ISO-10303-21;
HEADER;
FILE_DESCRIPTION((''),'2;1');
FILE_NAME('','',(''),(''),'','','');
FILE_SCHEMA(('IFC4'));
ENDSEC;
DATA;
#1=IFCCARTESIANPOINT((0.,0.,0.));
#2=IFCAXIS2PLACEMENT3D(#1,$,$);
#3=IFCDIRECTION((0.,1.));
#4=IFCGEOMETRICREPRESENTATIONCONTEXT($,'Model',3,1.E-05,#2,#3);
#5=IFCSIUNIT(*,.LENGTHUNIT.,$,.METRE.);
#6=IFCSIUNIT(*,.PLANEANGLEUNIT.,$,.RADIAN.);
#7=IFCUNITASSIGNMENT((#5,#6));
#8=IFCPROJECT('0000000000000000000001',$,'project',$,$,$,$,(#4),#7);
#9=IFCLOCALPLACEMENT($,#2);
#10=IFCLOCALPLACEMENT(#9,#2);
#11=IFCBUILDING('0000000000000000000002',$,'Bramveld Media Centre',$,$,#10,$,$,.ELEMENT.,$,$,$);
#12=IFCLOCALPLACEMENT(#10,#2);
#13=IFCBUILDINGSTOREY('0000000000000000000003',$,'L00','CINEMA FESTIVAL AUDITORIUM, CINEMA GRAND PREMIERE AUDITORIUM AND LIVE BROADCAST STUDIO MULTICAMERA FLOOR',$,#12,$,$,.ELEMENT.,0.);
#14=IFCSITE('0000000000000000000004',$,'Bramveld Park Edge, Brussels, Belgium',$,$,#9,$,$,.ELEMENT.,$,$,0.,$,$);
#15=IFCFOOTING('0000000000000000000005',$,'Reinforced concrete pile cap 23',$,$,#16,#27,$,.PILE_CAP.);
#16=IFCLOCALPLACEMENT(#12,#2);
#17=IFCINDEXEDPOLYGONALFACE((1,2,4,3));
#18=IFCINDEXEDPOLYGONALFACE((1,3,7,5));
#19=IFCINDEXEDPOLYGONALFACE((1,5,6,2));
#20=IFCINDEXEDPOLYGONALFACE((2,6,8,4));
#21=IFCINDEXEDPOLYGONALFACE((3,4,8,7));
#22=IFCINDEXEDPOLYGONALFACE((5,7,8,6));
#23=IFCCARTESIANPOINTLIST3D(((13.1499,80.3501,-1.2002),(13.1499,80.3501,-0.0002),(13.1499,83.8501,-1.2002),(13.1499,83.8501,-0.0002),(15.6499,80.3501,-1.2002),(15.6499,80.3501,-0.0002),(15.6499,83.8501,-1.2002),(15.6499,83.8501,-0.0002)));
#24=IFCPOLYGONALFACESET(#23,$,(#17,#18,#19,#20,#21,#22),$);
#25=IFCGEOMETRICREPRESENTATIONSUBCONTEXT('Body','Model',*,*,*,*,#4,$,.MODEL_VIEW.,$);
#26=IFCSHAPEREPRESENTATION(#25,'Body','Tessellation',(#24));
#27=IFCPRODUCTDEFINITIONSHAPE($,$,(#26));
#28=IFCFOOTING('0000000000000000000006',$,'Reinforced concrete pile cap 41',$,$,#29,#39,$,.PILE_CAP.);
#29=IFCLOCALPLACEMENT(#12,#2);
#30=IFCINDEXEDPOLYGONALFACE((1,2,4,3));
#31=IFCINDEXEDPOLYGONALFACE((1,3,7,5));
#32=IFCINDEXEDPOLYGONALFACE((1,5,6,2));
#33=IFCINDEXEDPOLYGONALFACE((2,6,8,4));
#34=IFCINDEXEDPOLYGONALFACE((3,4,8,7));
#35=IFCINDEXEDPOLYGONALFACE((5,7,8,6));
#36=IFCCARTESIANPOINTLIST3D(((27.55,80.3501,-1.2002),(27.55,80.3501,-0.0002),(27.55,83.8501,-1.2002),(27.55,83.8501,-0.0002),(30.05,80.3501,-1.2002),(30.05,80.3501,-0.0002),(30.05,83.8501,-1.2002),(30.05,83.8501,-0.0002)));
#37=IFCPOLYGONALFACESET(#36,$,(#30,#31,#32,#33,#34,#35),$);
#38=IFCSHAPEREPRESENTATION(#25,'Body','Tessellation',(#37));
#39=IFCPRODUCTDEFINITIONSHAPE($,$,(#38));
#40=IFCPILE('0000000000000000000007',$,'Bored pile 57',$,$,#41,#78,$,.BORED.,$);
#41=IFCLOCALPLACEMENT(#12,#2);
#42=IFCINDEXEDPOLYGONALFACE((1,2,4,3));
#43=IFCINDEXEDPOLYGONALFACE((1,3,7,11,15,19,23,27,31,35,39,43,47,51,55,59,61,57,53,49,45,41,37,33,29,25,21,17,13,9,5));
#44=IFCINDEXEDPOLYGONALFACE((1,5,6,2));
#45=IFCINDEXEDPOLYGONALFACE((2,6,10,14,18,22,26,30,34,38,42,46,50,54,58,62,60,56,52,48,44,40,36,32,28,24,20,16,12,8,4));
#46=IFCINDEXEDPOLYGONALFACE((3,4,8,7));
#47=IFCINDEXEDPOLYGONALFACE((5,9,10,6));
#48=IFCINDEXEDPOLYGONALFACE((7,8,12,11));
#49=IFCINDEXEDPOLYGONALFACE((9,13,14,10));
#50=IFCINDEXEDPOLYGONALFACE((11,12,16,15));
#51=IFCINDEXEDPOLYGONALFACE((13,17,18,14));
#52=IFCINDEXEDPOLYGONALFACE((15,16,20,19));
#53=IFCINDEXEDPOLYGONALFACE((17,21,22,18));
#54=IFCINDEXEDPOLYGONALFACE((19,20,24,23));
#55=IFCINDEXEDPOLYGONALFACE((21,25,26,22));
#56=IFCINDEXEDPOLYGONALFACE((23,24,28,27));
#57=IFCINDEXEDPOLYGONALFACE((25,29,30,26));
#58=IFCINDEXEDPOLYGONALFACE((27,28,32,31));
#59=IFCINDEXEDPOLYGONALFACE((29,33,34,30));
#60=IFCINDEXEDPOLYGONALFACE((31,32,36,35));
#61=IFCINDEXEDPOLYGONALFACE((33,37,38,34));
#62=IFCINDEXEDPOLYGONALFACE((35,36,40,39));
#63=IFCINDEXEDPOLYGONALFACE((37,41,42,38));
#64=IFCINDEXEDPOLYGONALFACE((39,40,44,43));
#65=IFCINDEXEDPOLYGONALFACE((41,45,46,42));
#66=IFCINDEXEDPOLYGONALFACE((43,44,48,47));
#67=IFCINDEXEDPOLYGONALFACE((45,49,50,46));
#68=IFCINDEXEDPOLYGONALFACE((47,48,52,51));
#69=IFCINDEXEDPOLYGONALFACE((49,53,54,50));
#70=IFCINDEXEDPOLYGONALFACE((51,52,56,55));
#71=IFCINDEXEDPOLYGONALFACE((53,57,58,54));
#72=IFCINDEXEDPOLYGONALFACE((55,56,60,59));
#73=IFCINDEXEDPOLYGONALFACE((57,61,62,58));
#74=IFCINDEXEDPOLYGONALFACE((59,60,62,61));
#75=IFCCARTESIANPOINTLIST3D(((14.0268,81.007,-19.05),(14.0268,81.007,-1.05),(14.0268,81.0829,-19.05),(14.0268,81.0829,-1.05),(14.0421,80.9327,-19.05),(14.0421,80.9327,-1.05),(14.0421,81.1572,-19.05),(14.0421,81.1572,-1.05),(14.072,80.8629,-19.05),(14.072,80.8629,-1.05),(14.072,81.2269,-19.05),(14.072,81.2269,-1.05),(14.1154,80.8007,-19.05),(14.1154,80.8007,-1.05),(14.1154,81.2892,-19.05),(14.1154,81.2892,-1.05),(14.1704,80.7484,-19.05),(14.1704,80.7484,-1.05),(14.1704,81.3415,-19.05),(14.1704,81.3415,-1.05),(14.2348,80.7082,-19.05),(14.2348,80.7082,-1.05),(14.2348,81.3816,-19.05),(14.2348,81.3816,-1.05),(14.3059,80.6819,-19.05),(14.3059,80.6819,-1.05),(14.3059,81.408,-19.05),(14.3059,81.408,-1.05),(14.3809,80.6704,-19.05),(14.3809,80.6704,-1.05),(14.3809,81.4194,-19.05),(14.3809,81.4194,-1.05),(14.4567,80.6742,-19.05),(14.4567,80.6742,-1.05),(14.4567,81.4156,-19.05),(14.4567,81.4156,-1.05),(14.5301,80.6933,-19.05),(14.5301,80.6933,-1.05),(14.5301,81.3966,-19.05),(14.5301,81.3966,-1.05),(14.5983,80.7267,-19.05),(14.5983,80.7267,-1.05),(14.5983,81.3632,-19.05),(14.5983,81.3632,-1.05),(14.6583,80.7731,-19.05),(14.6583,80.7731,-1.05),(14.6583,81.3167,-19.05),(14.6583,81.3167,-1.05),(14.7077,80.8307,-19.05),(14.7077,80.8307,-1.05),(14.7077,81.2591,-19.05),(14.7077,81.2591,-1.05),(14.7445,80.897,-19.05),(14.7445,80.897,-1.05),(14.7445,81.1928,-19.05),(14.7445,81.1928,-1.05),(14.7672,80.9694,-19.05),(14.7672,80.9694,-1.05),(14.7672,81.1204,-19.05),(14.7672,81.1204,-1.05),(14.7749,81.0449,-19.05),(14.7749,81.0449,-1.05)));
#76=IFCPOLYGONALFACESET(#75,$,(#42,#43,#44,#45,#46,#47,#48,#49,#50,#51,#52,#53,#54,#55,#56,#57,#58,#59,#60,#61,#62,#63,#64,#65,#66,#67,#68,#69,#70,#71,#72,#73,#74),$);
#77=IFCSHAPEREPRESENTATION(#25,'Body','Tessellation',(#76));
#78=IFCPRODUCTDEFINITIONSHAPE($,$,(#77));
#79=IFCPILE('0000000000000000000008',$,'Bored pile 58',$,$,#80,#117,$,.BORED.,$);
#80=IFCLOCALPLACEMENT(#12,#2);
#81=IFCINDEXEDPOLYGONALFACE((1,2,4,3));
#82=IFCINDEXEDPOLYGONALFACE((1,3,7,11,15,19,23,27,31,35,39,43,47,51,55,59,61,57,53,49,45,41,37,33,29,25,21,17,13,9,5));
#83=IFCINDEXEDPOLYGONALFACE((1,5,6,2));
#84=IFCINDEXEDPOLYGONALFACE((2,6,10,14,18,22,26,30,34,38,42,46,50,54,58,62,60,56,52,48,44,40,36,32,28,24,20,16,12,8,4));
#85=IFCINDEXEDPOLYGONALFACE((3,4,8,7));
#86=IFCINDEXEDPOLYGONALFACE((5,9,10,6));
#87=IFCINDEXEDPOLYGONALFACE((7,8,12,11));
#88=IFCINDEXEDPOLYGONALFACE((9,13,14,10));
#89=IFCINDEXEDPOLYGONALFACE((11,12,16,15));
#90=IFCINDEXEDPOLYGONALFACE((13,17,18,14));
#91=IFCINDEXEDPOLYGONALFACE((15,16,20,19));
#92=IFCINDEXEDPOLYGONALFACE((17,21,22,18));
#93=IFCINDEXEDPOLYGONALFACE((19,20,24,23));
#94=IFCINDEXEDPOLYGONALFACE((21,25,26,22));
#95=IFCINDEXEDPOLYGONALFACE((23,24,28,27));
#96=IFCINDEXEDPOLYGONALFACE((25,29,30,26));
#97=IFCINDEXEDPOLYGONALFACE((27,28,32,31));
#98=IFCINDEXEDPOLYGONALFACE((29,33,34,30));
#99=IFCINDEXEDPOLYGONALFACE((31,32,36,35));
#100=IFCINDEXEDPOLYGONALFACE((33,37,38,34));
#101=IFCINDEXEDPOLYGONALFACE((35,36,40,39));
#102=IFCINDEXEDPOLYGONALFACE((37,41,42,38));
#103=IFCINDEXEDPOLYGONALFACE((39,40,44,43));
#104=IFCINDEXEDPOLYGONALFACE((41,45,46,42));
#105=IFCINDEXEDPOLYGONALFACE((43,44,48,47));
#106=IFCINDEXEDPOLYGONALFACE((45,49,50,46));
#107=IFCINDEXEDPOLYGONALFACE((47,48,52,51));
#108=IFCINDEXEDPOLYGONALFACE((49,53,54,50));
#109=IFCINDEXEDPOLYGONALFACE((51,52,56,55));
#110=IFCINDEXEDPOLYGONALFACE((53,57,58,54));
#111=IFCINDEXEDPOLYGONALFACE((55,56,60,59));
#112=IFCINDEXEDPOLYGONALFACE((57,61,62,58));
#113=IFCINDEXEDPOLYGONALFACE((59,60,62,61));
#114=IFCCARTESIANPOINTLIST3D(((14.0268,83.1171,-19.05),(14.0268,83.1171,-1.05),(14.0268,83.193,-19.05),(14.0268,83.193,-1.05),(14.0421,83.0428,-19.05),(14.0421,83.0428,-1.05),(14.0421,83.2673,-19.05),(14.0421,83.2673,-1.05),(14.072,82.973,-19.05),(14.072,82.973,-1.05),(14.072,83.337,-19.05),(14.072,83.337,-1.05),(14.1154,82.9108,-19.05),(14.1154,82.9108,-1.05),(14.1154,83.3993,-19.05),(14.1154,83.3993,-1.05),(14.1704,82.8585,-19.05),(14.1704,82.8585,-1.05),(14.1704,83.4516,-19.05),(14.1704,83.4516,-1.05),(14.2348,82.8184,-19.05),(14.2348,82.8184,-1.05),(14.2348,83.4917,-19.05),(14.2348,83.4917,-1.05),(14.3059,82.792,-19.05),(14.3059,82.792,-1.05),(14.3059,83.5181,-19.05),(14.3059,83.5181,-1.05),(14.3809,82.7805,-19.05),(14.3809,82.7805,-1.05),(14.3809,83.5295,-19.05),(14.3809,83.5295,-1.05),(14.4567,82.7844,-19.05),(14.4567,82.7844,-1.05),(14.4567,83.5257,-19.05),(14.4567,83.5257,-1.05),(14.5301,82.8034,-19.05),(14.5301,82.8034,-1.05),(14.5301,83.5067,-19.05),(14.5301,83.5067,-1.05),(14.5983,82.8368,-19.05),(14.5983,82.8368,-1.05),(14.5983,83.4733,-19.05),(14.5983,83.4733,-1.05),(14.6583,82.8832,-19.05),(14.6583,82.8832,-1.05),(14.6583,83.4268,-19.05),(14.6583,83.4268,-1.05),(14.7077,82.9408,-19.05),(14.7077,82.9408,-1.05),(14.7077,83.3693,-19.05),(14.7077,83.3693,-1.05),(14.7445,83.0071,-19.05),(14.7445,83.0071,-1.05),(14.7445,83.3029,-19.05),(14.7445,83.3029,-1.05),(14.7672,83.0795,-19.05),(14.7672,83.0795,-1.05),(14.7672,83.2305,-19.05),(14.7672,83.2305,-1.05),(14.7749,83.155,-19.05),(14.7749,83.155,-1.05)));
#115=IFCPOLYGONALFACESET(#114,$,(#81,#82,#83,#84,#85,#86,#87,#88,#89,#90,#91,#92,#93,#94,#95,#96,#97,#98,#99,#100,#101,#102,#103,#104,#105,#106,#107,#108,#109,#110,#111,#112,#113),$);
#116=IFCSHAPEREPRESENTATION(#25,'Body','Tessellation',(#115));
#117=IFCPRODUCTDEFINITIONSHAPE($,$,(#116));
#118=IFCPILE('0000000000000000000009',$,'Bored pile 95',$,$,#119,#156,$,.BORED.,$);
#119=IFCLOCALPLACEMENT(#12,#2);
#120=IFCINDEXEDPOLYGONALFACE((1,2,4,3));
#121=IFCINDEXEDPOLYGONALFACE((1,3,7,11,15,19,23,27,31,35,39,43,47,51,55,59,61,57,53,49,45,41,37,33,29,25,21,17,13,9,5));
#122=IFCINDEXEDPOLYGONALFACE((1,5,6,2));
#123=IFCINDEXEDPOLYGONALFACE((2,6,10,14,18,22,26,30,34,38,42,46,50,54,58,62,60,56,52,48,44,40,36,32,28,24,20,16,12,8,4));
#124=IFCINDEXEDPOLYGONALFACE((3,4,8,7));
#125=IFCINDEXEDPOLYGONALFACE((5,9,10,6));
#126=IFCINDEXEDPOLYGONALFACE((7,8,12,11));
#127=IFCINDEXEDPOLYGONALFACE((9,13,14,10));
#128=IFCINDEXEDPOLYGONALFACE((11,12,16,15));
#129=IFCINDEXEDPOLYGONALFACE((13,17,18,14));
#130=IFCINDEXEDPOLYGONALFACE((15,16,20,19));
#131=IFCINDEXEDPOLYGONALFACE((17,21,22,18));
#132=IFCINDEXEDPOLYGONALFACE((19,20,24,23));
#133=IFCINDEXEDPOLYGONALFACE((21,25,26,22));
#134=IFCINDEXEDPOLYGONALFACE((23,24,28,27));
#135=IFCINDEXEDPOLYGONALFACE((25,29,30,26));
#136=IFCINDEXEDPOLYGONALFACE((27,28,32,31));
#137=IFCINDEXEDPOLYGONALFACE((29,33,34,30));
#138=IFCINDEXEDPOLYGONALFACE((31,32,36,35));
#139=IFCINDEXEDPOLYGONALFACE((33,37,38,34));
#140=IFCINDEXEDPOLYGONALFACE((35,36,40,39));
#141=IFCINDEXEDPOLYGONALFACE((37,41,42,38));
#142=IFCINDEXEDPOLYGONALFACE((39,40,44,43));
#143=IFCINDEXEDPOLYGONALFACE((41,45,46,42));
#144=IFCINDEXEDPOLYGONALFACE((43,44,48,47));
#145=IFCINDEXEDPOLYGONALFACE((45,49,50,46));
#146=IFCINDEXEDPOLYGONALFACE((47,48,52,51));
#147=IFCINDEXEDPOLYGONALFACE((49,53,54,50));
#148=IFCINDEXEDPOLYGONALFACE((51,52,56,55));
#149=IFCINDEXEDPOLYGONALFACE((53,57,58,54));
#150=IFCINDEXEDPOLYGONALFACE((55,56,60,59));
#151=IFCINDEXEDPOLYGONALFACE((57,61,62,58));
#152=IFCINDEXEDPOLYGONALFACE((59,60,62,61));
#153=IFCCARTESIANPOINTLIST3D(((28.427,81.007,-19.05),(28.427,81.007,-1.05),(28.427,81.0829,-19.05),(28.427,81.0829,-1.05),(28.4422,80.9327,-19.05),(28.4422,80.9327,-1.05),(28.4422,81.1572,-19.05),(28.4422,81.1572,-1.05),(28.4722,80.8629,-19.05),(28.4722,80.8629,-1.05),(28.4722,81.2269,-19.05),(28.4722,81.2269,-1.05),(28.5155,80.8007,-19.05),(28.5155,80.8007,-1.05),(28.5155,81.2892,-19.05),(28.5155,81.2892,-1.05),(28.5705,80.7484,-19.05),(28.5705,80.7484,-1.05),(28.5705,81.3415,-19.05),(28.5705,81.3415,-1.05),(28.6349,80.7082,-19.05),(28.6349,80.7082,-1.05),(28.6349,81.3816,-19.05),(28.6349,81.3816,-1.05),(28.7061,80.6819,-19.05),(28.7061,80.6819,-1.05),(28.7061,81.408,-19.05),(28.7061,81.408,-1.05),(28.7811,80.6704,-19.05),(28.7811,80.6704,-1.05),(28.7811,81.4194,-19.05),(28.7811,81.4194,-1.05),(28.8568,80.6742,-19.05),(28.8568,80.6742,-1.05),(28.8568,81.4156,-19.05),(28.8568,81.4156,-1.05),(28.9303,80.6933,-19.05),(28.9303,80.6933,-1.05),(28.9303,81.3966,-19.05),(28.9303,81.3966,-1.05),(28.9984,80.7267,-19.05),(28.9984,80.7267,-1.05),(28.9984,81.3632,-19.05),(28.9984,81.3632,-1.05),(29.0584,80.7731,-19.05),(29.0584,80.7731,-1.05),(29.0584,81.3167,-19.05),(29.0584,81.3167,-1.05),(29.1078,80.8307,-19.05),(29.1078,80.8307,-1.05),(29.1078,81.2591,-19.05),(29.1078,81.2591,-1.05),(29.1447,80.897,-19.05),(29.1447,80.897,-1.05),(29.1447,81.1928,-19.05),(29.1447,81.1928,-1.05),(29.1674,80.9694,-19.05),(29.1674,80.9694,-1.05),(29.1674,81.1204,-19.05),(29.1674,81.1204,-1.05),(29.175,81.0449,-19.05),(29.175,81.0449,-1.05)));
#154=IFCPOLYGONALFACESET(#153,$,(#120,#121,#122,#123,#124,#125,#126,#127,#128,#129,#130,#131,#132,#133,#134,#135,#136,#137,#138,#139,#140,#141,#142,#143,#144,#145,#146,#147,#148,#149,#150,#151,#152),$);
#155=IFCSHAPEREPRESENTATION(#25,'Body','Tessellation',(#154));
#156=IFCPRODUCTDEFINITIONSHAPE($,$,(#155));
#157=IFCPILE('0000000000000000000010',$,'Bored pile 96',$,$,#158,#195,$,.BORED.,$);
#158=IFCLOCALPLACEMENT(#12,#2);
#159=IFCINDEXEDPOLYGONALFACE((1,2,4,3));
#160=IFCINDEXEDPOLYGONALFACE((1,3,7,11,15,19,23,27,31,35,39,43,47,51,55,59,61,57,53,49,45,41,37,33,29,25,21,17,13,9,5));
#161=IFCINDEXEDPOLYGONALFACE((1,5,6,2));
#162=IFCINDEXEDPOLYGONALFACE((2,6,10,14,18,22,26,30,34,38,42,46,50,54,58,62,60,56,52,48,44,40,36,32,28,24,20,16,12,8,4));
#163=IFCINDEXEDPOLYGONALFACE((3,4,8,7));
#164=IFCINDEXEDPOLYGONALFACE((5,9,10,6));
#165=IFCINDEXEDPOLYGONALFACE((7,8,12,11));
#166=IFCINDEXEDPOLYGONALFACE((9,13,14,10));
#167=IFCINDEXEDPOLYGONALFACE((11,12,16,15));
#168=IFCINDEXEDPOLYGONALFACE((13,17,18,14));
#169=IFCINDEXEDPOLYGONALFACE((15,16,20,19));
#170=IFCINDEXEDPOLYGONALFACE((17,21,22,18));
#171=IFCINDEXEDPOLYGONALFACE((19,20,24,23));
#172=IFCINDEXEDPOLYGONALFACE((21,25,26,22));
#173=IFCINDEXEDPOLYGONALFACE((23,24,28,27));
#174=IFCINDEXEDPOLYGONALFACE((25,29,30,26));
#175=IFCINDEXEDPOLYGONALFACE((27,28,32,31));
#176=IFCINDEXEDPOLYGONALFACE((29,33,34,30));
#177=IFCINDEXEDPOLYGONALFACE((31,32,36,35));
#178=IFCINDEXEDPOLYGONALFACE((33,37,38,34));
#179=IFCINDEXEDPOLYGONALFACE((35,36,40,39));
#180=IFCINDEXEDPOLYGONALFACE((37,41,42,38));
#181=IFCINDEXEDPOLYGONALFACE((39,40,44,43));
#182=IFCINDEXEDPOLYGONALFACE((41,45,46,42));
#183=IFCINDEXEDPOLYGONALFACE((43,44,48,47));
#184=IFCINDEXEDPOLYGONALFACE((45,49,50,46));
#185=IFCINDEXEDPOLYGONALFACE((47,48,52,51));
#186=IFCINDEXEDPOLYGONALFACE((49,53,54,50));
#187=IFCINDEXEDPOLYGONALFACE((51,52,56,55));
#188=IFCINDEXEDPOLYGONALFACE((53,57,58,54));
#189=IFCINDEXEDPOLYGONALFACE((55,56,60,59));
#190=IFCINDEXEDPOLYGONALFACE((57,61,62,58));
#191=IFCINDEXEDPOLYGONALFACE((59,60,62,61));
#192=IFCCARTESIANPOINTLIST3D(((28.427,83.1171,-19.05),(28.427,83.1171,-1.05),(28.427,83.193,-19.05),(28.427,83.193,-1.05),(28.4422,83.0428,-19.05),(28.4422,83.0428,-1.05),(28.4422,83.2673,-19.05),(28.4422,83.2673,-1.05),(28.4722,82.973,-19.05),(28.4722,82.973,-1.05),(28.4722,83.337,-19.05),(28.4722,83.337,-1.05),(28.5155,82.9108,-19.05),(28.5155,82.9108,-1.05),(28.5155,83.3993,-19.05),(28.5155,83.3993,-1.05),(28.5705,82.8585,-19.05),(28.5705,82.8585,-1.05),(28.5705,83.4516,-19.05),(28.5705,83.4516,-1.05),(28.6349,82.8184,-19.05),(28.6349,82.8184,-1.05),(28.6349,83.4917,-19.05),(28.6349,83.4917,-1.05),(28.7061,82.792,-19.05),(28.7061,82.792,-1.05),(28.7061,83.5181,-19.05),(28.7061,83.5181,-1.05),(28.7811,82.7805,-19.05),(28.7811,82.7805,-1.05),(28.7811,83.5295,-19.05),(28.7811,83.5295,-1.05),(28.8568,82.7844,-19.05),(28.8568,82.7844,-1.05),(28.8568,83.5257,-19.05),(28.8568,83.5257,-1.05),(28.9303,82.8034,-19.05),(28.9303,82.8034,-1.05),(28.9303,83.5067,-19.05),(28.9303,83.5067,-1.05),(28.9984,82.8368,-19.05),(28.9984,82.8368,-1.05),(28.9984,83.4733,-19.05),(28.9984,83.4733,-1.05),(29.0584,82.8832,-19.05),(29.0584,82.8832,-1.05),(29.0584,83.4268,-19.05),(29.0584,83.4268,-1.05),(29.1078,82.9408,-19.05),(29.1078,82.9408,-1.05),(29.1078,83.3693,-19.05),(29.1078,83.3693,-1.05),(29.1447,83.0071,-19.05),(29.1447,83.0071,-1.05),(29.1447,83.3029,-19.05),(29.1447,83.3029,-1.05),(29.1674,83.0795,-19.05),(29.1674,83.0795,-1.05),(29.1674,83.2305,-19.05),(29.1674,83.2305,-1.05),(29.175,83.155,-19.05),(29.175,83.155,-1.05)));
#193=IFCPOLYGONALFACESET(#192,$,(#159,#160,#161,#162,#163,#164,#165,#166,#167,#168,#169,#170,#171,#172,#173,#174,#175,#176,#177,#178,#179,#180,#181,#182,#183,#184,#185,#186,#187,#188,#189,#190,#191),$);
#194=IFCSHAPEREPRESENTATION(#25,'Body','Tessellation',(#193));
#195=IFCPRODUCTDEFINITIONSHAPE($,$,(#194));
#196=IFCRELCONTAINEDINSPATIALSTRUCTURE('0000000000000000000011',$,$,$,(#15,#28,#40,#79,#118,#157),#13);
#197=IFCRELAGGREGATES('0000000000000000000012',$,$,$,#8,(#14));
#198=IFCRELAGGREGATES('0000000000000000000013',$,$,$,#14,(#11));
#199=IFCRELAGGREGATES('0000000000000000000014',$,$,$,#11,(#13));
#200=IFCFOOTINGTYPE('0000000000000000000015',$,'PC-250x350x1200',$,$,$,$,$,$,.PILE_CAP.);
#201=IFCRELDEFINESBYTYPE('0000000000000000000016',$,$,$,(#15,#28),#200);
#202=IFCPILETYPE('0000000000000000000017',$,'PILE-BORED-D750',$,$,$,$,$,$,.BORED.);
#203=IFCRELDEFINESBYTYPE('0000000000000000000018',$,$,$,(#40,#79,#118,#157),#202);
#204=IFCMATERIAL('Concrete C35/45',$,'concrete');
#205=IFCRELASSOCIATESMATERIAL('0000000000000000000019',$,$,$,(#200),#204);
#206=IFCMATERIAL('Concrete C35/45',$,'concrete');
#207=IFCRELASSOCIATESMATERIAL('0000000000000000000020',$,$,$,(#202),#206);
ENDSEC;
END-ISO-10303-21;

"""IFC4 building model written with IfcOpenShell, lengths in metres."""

from ifc_helpers import new_model, si_unit, direction, frame, origin, origin_2d, place, context, subcontext, project, spatial, rectangle, circle, extrude, material, material_profile, profile_set, type_object, element, save


model = new_model("IFC4")

# Units and contexts
model_context = context("Model", 3, precision=1e-05, world=origin(), true_north=direction((0.0, 1.0)))
body_context = subcontext(model_context, "Body", "Model", "MODEL_VIEW")
ifc_project = project(units=[si_unit("LENGTHUNIT", "METRE"), si_unit("PLANEANGLEUNIT", "RADIAN")], contexts=[model_context])

# Site, building, storey
site_placement = place(None, origin())
site = spatial("IfcSite", under=ifc_project, at=site_placement, Name="Bramveld Park Edge, Brussels, Belgium", CompositionType="ELEMENT", RefElevation=0.0)
building_placement = place(site_placement, origin())
building = spatial("IfcBuilding", under=site, at=building_placement, Name="Bramveld Media Centre", CompositionType="ELEMENT")
storey_placement = place(building_placement, origin())
storey = spatial("IfcBuildingStorey", under=building, at=storey_placement, Name="L00", Description="CINEMA FESTIVAL AUDITORIUM, CINEMA GRAND PREMIERE AUDITORIUM AND LIVE BROADCAST STUDIO MULTICAMERA FLOOR", CompositionType="ELEMENT", Elevation=0.0)

# Footings
ifc_material_1 = material(Name="Concrete C35/45", Category="concrete")
footing_type = type_object("IfcFootingType", Name="PC-250x350x1200", PredefinedType="PILE_CAP", material=ifc_material_1)
for number, where, z_axis, x_axis, name in (
    (1, (14.3999, 82.1001, -1.2002), (0.0, 0.0, 1.0), (1.0, 0.0, 0.0), "Reinforced concrete pile cap 23"),
    (2, (28.8, 82.1001, -1.2002), (0.0, 0.0, 1.0), (1.0, 0.0, 0.0), "Reinforced concrete pile cap 41"),
):
    element("IfcFooting", number, at=place(storey_placement, frame(where, z_axis=z_axis, x_axis=x_axis)), inside=storey, type_object=footing_type, Name=name, PredefinedType="PILE_CAP", context=body_context, shape_type="SweptSolid", body=[
        extrude(rectangle(XDim=2.5, YDim=3.5, at=origin_2d()), origin(), (0.0, 0.0, 1.0), 1.2),
    ])

# Piles
ifc_material_2 = material(Name="Concrete C35/45", Category="concrete")
ifc_material_profile_1 = material_profile(ifc_material_2, circle(Radius=0.375, at=origin_2d()), Name="BORED D750")
ifc_profile_set_1 = profile_set([ifc_material_profile_1], Name="Concrete C35/45")
pile_type = type_object("IfcPileType", Name="PILE-BORED-D750", PredefinedType="BORED", material=ifc_profile_set_1)
for number, where, z_axis, x_axis, name in (
    (3, (14.3999, 81.0449, -1.05), (0.0, 0.0, -1.0), (1.0, 0.0, 0.0), "Bored pile 57"),
    (4, (14.3999, 83.155, -1.05), (0.0, 0.0, -1.0), (1.0, 0.0, 0.0), "Bored pile 58"),
    (5, (28.8, 81.0449, -1.05), (0.0, 0.0, -1.0), (1.0, 0.0, 0.0), "Bored pile 95"),
    (6, (28.8, 83.155, -1.05), (0.0, 0.0, -1.0), (1.0, 0.0, 0.0), "Bored pile 96"),
):
    element("IfcPile", number, at=place(storey_placement, frame(where, z_axis=z_axis, x_axis=x_axis)), inside=storey, type_object=pile_type, Name=name, PredefinedType="BORED", context=body_context, shape_type="SweptSolid", body=[
        extrude(circle(Radius=0.375, at=origin_2d()), origin(), (0.0, 0.0, 1.0), 18.0),
    ])

save(model, "model.ifc")
